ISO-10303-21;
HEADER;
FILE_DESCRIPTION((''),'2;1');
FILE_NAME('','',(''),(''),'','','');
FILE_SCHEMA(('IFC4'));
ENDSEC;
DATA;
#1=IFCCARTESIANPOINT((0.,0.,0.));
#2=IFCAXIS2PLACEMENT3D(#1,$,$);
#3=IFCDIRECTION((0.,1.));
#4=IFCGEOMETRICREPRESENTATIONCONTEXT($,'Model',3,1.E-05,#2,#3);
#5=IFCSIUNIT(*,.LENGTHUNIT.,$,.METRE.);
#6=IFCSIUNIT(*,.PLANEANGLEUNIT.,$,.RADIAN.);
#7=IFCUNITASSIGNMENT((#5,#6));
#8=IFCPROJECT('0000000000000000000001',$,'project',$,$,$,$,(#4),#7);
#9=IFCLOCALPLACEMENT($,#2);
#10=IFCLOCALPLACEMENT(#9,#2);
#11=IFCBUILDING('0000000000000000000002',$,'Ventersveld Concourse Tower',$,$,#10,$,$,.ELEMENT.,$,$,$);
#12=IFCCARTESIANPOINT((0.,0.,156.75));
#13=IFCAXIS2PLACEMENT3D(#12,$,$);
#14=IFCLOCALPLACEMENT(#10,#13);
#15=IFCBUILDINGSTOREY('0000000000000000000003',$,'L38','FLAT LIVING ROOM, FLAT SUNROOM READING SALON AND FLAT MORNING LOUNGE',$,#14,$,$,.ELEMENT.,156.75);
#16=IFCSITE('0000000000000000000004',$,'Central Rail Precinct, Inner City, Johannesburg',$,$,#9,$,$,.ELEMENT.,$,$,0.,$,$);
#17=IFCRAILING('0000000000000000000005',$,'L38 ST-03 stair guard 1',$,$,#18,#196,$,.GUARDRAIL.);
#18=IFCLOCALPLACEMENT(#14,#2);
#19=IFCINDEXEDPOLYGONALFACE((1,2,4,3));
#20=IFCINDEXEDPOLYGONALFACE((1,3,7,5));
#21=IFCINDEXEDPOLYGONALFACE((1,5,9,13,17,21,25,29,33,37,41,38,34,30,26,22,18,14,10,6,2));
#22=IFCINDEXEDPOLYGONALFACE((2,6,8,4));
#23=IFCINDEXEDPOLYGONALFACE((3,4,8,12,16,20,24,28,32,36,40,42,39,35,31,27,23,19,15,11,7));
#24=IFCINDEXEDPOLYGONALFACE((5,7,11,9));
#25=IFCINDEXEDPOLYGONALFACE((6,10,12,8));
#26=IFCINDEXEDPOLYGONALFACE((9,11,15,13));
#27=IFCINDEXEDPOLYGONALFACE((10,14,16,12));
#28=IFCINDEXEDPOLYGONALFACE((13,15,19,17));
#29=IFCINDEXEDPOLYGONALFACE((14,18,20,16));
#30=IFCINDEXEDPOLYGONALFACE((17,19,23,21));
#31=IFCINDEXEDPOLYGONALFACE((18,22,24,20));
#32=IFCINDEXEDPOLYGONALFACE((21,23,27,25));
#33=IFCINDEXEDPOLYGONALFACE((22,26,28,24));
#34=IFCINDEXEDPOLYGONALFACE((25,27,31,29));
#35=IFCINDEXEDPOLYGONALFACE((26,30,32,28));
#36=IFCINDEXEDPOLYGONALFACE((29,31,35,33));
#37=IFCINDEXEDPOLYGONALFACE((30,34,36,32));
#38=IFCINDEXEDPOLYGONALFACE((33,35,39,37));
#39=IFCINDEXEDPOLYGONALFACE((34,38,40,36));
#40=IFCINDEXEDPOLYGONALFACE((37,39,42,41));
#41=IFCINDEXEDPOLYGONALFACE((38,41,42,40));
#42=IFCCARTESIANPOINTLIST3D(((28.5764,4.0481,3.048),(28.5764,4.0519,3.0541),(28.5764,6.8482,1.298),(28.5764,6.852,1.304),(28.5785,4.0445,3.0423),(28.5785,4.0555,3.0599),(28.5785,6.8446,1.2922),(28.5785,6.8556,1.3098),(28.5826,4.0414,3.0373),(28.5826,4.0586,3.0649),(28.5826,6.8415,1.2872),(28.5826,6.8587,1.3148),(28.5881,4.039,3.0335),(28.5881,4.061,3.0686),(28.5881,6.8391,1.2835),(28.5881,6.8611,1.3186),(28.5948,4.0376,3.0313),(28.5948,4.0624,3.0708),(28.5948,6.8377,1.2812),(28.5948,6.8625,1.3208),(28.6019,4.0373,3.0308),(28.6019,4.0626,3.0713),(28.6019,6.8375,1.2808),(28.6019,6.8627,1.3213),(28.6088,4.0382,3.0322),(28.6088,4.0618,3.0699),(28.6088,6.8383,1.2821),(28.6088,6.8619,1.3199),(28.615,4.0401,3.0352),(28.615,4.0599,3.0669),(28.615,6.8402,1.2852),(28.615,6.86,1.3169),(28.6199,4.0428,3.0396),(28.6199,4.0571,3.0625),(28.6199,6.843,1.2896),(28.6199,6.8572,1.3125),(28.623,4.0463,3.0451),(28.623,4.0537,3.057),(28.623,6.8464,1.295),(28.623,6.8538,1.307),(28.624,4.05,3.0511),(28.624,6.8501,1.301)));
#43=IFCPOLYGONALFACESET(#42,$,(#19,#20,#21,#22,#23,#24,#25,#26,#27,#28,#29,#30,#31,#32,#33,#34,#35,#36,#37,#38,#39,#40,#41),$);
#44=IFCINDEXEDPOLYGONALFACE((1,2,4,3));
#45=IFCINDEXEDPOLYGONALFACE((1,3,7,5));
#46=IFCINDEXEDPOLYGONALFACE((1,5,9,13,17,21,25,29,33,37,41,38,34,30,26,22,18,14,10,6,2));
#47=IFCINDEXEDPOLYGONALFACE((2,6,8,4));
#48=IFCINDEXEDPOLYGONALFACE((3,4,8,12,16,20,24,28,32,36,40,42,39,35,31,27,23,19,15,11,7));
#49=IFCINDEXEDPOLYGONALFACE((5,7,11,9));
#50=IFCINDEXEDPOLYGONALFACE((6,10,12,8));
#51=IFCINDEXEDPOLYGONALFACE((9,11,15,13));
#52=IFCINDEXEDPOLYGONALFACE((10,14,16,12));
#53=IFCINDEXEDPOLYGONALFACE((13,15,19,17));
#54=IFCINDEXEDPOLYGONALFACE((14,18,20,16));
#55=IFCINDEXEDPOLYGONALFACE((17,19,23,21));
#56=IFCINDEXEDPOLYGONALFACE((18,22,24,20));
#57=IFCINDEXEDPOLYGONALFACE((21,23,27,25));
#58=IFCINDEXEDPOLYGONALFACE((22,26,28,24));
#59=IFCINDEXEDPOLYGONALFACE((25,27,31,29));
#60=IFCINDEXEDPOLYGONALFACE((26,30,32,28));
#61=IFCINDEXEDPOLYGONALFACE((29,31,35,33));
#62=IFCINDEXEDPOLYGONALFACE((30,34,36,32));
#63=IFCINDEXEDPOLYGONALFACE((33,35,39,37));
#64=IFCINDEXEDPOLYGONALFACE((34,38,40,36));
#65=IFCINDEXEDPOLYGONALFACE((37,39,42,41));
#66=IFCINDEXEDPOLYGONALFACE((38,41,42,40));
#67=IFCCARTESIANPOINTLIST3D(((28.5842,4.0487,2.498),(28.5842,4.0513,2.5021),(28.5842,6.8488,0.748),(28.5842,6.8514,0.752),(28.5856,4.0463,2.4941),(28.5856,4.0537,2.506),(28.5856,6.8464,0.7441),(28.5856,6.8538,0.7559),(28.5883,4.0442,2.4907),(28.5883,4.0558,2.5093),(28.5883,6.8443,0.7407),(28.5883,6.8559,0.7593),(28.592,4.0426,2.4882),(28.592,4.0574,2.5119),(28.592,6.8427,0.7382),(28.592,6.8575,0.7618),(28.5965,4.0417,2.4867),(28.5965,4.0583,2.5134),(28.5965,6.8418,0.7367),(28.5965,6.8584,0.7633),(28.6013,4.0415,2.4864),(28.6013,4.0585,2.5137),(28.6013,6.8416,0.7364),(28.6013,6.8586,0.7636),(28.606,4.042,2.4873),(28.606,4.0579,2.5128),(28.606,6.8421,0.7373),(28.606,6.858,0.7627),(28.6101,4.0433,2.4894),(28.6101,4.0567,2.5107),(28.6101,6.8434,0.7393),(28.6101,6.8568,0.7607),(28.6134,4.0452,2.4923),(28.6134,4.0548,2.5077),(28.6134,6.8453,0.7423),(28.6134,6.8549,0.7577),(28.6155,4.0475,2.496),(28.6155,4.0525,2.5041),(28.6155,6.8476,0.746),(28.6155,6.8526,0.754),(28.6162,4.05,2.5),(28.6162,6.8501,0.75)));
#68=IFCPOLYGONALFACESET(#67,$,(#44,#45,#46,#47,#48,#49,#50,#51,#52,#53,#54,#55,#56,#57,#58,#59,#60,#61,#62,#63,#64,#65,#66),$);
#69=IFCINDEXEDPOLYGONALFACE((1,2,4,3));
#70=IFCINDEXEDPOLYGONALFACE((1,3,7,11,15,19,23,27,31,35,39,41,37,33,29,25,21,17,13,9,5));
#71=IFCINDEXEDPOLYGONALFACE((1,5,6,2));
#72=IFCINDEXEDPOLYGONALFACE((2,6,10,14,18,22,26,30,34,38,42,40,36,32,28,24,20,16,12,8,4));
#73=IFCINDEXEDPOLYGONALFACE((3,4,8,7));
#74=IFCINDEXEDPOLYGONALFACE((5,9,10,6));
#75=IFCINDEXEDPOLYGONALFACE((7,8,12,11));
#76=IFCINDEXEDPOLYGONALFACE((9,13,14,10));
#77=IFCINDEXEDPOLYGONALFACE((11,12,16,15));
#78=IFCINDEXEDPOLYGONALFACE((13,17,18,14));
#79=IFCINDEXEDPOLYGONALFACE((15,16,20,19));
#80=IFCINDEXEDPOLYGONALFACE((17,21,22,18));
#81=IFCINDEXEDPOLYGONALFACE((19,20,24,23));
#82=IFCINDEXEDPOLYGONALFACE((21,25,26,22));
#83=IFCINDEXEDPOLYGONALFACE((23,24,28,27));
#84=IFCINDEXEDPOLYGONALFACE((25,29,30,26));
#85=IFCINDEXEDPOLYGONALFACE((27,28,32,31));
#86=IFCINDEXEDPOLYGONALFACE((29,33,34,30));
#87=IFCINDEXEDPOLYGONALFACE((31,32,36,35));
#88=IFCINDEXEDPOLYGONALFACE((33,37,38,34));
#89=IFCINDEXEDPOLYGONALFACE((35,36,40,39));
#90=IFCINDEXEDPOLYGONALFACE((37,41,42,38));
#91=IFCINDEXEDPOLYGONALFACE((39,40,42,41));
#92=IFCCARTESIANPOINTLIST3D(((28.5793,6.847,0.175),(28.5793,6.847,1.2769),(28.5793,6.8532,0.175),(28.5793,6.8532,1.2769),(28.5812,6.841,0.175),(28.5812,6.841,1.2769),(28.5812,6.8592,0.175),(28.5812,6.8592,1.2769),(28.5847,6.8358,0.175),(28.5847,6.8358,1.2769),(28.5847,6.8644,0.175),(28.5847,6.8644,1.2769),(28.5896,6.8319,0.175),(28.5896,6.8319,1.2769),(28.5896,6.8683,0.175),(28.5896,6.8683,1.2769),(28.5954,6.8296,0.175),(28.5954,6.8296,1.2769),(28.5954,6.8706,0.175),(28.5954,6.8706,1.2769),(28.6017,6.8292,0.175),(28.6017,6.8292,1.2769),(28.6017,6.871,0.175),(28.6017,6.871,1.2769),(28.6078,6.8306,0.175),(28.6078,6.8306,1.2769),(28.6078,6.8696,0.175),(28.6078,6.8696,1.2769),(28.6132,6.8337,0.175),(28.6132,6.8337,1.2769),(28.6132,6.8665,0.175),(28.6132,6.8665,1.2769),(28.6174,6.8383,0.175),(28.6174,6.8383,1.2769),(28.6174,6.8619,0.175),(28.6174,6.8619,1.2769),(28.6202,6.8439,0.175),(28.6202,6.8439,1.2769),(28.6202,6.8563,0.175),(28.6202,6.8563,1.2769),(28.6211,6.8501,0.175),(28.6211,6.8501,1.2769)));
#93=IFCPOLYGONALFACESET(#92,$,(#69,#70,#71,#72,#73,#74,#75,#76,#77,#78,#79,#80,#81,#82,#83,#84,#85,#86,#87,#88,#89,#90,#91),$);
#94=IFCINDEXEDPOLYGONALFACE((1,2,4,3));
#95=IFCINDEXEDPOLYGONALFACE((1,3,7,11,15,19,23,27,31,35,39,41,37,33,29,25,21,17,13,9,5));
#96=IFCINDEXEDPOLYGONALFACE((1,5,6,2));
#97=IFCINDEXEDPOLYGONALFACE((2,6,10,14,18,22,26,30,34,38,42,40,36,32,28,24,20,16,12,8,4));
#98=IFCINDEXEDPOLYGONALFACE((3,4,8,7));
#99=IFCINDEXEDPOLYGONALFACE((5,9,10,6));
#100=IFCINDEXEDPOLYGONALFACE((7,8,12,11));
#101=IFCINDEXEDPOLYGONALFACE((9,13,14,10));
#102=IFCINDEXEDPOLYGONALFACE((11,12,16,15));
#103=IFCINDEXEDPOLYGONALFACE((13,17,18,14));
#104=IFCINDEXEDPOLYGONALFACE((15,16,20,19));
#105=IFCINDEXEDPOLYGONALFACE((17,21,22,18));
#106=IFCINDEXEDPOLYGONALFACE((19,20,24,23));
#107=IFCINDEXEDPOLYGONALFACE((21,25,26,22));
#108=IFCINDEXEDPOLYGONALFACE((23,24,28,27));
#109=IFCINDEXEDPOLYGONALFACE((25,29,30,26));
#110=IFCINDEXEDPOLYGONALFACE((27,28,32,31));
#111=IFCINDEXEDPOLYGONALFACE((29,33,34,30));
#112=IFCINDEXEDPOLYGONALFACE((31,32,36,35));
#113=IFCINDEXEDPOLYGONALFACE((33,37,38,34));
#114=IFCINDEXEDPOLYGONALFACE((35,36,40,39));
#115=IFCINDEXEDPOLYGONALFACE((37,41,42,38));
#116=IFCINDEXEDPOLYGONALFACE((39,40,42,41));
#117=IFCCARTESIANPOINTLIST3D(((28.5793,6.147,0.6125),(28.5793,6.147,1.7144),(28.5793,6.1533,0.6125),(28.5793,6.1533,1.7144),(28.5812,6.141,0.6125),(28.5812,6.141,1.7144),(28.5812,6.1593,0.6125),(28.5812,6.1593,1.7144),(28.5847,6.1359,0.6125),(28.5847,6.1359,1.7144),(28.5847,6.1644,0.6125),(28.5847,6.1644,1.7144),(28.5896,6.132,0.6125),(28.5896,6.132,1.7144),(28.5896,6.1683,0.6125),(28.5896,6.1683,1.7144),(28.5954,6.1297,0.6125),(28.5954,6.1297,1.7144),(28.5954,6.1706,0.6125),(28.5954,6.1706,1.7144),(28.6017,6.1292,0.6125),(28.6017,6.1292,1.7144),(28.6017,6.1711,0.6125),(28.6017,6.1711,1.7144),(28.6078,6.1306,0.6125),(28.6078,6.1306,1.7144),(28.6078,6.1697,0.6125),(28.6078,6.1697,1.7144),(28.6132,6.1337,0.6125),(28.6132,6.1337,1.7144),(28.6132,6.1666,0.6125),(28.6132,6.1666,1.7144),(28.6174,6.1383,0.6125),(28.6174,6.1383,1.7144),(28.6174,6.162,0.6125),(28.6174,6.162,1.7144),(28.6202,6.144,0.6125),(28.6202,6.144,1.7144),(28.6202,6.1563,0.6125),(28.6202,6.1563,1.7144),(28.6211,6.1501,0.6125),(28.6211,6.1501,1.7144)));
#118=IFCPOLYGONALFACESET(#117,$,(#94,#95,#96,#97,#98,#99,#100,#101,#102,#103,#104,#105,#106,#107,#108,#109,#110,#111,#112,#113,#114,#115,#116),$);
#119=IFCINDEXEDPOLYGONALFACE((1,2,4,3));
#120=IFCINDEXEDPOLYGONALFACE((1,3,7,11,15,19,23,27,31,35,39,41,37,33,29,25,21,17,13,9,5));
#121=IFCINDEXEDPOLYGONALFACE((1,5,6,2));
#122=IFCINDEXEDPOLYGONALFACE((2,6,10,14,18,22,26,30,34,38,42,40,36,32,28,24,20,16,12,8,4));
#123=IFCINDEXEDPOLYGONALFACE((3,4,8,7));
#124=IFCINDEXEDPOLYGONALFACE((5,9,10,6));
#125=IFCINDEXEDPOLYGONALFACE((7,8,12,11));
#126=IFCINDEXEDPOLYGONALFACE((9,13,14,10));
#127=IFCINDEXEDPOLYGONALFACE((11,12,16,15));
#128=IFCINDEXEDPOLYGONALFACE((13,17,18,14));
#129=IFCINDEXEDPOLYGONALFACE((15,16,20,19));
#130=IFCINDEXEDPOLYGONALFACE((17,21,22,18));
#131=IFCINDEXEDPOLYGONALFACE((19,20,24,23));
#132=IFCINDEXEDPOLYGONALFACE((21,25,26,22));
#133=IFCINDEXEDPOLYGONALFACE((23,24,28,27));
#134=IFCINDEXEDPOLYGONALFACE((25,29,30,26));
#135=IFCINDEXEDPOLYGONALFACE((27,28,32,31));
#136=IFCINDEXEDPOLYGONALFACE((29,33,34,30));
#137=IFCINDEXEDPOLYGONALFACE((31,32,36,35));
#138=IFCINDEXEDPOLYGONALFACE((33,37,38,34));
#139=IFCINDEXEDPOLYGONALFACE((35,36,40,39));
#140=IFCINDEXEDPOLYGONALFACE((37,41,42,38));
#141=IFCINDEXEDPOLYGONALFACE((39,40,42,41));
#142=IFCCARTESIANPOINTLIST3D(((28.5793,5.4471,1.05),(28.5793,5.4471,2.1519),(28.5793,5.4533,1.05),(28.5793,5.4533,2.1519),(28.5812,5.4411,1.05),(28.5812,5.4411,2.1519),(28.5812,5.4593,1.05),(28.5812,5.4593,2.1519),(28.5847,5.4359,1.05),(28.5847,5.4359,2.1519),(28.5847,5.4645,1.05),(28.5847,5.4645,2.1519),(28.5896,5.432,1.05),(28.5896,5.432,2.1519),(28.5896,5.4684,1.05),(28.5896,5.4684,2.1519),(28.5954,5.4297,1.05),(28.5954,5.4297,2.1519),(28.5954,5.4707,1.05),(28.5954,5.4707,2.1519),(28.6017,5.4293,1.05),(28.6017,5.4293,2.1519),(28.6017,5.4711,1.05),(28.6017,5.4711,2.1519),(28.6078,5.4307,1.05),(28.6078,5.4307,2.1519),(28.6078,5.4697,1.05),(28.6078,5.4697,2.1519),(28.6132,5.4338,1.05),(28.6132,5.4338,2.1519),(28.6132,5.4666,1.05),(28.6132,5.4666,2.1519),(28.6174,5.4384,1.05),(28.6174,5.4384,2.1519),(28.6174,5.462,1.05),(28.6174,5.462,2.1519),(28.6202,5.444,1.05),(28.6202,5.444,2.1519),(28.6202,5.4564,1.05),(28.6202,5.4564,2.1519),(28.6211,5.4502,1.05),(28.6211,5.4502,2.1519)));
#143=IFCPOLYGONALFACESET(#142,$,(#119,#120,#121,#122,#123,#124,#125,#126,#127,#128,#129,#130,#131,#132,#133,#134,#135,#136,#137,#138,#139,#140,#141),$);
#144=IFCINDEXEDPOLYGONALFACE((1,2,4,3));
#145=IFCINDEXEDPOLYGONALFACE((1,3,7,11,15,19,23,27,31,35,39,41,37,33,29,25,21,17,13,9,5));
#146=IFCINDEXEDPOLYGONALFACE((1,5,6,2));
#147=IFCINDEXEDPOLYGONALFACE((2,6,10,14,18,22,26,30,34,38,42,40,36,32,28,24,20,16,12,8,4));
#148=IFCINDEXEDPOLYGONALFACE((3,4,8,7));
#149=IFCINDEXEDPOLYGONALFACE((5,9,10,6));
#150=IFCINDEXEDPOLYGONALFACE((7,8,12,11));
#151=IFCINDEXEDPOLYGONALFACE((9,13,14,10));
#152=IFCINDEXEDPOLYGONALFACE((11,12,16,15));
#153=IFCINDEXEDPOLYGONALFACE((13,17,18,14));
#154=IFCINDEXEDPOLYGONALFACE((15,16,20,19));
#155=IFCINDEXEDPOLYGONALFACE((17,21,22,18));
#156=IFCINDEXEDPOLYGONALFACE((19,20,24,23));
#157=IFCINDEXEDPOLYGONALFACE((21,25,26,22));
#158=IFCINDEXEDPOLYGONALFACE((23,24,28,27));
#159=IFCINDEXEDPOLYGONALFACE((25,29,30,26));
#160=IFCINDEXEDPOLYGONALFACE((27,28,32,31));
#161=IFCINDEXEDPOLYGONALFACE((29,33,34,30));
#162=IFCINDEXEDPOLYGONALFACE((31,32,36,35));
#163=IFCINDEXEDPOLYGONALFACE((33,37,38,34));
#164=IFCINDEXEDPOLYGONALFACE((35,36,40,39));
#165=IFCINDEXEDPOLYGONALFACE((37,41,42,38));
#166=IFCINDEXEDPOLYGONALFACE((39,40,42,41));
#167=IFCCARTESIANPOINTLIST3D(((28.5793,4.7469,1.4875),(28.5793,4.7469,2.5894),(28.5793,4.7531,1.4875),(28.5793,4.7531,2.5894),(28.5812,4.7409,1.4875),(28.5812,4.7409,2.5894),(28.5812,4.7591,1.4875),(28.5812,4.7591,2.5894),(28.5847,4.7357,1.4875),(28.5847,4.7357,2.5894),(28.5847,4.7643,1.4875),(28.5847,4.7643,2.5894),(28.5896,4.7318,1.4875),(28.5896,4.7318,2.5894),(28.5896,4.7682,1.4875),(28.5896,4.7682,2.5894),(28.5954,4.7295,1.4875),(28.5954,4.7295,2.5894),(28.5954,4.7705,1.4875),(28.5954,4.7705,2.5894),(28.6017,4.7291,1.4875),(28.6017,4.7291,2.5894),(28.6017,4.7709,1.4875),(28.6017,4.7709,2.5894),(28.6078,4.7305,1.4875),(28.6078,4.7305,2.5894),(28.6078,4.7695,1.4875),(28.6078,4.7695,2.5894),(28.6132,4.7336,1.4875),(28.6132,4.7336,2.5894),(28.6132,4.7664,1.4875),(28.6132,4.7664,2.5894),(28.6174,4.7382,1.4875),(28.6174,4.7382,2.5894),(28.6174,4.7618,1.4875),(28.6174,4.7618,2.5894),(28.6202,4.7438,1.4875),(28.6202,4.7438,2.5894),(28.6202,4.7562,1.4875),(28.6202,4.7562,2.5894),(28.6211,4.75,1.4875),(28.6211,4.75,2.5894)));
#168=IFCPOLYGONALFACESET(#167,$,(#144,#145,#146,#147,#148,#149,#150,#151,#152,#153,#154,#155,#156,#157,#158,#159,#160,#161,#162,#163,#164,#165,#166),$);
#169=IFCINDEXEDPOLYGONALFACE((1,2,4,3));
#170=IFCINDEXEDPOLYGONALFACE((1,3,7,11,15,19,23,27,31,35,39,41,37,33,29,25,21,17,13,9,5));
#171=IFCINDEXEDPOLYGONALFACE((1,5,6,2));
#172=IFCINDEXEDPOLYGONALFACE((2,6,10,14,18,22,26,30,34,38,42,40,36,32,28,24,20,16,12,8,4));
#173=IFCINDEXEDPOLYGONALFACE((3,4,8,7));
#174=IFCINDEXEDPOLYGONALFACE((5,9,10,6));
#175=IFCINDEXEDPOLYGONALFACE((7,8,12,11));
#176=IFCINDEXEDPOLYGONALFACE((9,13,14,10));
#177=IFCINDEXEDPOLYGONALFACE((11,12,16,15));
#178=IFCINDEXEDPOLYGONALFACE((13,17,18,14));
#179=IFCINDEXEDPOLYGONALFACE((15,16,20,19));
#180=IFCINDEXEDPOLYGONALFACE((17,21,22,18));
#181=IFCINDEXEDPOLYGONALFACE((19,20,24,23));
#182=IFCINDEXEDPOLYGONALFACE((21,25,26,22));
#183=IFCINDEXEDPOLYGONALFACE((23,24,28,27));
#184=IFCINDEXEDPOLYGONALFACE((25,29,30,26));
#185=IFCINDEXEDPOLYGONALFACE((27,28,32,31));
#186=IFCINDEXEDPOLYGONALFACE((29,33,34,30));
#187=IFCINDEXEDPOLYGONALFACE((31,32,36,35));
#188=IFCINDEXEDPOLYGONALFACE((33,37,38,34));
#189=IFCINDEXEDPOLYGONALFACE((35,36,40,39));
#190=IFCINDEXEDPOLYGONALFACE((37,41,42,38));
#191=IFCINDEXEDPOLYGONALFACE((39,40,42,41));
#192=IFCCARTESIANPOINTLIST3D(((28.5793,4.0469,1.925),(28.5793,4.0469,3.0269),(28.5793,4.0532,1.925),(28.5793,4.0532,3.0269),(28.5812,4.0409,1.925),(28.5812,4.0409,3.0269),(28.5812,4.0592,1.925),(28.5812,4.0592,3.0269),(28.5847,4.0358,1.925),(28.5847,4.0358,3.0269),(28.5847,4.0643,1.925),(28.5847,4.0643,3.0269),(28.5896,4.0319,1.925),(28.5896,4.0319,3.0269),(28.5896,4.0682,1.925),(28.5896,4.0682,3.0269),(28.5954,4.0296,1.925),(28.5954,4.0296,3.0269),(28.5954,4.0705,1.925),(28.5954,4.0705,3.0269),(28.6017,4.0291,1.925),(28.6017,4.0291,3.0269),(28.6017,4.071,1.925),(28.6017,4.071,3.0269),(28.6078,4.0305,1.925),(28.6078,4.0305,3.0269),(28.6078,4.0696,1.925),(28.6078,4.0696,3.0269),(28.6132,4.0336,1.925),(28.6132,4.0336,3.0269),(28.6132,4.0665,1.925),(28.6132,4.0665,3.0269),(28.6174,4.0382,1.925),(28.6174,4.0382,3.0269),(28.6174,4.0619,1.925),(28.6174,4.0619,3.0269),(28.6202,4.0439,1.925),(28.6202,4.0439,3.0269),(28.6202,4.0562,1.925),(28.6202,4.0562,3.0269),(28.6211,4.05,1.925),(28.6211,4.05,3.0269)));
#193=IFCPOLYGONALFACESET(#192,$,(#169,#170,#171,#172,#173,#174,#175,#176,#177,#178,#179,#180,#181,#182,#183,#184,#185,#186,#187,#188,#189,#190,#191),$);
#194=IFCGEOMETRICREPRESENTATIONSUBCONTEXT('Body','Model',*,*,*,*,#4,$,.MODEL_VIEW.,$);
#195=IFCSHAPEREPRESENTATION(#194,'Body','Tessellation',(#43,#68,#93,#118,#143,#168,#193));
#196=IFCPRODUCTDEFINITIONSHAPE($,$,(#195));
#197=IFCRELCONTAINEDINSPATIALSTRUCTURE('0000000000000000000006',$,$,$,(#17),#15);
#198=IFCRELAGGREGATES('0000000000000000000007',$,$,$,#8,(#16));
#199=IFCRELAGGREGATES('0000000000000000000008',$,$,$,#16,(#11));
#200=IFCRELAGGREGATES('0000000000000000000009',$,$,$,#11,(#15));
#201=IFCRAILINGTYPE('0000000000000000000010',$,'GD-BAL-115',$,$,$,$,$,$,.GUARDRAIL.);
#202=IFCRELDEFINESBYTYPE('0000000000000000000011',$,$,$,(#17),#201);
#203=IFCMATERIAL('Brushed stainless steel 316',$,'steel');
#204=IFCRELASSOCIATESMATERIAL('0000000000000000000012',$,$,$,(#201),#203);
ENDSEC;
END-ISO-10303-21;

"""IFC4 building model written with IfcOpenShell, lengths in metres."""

from ifc_helpers import new_model, si_unit, direction, frame, origin, origin_2d, place, context, subcontext, project, spatial, circle, extrude, material, type_object, element, save


model = new_model("IFC4")

# Units and contexts
model_context = context("Model", 3, precision=1e-05, world=origin(), true_north=direction((0.0, 1.0)))
body_context = subcontext(model_context, "Body", "Model", "MODEL_VIEW")
ifc_project = project(units=[si_unit("LENGTHUNIT", "METRE"), si_unit("PLANEANGLEUNIT", "RADIAN")], contexts=[model_context])

# Site, building, storey
site_placement = place(None, origin())
site = spatial("IfcSite", under=ifc_project, at=site_placement, Name="Central Rail Precinct, Inner City, Johannesburg", CompositionType="ELEMENT", RefElevation=0.0)
building_placement = place(site_placement, origin())
building = spatial("IfcBuilding", under=site, at=building_placement, Name="Ventersveld Concourse Tower", CompositionType="ELEMENT")
storey_placement = place(building_placement, frame((0.0, 0.0, 156.75)))
storey = spatial("IfcBuildingStorey", under=building, at=storey_placement, Name="L38", Description="FLAT LIVING ROOM, FLAT SUNROOM READING SALON AND FLAT MORNING LOUNGE", CompositionType="ELEMENT", Elevation=156.75)

# Shared definitions
ifc_material_1 = material(Name="Brushed stainless steel 316", Category="steel")

# Railing
railing_type_1 = type_object("IfcRailingType", Name="GD-BAL-115", PredefinedType="GUARDRAIL", material=ifc_material_1)
railing_1_placement = place(storey_placement, frame((28.6001, 6.8501, 0.175)))
element("IfcRailing", 1, at=railing_1_placement, inside=storey, type_object=railing_type_1, Name="L38 ST-03 stair guard 1", PredefinedType="GUARDRAIL", context=body_context, shape_type="SweptSolid", body=[
    extrude(circle(Radius=0.0239, at=origin_2d()), frame((0.0, 0.0, 1.126), z_axis=(0.0, -0.848002, 0.529992), x_axis=(1.0, 0.0, 0.0)), (0.0, 0.0, 1.0), 3.302),
    extrude(circle(Radius=0.0161, at=origin_2d()), frame((0.0, 0.0, 0.575), z_axis=(0.0, -0.848002, 0.529992), x_axis=(1.0, 0.0, 0.0)), (0.0, 0.0, 1.0), 3.302),
    extrude(circle(Radius=0.021, at=origin_2d()), origin(), (0.0, 0.0, 1.0), 1.1018),
    extrude(circle(Radius=0.021, at=origin_2d()), frame((0.0, -0.7, 0.4375)), (0.0, 0.0, 1.0), 1.1018),
    extrude(circle(Radius=0.021, at=origin_2d()), frame((0.0, -1.3999, 0.875)), (0.0, 0.0, 1.0), 1.1018),
    extrude(circle(Radius=0.021, at=origin_2d()), frame((0.0, -2.1001, 1.3125)), (0.0, 0.0, 1.0), 1.1018),
    extrude(circle(Radius=0.021, at=origin_2d()), frame((0.0, -2.8, 1.75)), (0.0, 0.0, 1.0), 1.1018),
])

save(model, "model.ifc")
